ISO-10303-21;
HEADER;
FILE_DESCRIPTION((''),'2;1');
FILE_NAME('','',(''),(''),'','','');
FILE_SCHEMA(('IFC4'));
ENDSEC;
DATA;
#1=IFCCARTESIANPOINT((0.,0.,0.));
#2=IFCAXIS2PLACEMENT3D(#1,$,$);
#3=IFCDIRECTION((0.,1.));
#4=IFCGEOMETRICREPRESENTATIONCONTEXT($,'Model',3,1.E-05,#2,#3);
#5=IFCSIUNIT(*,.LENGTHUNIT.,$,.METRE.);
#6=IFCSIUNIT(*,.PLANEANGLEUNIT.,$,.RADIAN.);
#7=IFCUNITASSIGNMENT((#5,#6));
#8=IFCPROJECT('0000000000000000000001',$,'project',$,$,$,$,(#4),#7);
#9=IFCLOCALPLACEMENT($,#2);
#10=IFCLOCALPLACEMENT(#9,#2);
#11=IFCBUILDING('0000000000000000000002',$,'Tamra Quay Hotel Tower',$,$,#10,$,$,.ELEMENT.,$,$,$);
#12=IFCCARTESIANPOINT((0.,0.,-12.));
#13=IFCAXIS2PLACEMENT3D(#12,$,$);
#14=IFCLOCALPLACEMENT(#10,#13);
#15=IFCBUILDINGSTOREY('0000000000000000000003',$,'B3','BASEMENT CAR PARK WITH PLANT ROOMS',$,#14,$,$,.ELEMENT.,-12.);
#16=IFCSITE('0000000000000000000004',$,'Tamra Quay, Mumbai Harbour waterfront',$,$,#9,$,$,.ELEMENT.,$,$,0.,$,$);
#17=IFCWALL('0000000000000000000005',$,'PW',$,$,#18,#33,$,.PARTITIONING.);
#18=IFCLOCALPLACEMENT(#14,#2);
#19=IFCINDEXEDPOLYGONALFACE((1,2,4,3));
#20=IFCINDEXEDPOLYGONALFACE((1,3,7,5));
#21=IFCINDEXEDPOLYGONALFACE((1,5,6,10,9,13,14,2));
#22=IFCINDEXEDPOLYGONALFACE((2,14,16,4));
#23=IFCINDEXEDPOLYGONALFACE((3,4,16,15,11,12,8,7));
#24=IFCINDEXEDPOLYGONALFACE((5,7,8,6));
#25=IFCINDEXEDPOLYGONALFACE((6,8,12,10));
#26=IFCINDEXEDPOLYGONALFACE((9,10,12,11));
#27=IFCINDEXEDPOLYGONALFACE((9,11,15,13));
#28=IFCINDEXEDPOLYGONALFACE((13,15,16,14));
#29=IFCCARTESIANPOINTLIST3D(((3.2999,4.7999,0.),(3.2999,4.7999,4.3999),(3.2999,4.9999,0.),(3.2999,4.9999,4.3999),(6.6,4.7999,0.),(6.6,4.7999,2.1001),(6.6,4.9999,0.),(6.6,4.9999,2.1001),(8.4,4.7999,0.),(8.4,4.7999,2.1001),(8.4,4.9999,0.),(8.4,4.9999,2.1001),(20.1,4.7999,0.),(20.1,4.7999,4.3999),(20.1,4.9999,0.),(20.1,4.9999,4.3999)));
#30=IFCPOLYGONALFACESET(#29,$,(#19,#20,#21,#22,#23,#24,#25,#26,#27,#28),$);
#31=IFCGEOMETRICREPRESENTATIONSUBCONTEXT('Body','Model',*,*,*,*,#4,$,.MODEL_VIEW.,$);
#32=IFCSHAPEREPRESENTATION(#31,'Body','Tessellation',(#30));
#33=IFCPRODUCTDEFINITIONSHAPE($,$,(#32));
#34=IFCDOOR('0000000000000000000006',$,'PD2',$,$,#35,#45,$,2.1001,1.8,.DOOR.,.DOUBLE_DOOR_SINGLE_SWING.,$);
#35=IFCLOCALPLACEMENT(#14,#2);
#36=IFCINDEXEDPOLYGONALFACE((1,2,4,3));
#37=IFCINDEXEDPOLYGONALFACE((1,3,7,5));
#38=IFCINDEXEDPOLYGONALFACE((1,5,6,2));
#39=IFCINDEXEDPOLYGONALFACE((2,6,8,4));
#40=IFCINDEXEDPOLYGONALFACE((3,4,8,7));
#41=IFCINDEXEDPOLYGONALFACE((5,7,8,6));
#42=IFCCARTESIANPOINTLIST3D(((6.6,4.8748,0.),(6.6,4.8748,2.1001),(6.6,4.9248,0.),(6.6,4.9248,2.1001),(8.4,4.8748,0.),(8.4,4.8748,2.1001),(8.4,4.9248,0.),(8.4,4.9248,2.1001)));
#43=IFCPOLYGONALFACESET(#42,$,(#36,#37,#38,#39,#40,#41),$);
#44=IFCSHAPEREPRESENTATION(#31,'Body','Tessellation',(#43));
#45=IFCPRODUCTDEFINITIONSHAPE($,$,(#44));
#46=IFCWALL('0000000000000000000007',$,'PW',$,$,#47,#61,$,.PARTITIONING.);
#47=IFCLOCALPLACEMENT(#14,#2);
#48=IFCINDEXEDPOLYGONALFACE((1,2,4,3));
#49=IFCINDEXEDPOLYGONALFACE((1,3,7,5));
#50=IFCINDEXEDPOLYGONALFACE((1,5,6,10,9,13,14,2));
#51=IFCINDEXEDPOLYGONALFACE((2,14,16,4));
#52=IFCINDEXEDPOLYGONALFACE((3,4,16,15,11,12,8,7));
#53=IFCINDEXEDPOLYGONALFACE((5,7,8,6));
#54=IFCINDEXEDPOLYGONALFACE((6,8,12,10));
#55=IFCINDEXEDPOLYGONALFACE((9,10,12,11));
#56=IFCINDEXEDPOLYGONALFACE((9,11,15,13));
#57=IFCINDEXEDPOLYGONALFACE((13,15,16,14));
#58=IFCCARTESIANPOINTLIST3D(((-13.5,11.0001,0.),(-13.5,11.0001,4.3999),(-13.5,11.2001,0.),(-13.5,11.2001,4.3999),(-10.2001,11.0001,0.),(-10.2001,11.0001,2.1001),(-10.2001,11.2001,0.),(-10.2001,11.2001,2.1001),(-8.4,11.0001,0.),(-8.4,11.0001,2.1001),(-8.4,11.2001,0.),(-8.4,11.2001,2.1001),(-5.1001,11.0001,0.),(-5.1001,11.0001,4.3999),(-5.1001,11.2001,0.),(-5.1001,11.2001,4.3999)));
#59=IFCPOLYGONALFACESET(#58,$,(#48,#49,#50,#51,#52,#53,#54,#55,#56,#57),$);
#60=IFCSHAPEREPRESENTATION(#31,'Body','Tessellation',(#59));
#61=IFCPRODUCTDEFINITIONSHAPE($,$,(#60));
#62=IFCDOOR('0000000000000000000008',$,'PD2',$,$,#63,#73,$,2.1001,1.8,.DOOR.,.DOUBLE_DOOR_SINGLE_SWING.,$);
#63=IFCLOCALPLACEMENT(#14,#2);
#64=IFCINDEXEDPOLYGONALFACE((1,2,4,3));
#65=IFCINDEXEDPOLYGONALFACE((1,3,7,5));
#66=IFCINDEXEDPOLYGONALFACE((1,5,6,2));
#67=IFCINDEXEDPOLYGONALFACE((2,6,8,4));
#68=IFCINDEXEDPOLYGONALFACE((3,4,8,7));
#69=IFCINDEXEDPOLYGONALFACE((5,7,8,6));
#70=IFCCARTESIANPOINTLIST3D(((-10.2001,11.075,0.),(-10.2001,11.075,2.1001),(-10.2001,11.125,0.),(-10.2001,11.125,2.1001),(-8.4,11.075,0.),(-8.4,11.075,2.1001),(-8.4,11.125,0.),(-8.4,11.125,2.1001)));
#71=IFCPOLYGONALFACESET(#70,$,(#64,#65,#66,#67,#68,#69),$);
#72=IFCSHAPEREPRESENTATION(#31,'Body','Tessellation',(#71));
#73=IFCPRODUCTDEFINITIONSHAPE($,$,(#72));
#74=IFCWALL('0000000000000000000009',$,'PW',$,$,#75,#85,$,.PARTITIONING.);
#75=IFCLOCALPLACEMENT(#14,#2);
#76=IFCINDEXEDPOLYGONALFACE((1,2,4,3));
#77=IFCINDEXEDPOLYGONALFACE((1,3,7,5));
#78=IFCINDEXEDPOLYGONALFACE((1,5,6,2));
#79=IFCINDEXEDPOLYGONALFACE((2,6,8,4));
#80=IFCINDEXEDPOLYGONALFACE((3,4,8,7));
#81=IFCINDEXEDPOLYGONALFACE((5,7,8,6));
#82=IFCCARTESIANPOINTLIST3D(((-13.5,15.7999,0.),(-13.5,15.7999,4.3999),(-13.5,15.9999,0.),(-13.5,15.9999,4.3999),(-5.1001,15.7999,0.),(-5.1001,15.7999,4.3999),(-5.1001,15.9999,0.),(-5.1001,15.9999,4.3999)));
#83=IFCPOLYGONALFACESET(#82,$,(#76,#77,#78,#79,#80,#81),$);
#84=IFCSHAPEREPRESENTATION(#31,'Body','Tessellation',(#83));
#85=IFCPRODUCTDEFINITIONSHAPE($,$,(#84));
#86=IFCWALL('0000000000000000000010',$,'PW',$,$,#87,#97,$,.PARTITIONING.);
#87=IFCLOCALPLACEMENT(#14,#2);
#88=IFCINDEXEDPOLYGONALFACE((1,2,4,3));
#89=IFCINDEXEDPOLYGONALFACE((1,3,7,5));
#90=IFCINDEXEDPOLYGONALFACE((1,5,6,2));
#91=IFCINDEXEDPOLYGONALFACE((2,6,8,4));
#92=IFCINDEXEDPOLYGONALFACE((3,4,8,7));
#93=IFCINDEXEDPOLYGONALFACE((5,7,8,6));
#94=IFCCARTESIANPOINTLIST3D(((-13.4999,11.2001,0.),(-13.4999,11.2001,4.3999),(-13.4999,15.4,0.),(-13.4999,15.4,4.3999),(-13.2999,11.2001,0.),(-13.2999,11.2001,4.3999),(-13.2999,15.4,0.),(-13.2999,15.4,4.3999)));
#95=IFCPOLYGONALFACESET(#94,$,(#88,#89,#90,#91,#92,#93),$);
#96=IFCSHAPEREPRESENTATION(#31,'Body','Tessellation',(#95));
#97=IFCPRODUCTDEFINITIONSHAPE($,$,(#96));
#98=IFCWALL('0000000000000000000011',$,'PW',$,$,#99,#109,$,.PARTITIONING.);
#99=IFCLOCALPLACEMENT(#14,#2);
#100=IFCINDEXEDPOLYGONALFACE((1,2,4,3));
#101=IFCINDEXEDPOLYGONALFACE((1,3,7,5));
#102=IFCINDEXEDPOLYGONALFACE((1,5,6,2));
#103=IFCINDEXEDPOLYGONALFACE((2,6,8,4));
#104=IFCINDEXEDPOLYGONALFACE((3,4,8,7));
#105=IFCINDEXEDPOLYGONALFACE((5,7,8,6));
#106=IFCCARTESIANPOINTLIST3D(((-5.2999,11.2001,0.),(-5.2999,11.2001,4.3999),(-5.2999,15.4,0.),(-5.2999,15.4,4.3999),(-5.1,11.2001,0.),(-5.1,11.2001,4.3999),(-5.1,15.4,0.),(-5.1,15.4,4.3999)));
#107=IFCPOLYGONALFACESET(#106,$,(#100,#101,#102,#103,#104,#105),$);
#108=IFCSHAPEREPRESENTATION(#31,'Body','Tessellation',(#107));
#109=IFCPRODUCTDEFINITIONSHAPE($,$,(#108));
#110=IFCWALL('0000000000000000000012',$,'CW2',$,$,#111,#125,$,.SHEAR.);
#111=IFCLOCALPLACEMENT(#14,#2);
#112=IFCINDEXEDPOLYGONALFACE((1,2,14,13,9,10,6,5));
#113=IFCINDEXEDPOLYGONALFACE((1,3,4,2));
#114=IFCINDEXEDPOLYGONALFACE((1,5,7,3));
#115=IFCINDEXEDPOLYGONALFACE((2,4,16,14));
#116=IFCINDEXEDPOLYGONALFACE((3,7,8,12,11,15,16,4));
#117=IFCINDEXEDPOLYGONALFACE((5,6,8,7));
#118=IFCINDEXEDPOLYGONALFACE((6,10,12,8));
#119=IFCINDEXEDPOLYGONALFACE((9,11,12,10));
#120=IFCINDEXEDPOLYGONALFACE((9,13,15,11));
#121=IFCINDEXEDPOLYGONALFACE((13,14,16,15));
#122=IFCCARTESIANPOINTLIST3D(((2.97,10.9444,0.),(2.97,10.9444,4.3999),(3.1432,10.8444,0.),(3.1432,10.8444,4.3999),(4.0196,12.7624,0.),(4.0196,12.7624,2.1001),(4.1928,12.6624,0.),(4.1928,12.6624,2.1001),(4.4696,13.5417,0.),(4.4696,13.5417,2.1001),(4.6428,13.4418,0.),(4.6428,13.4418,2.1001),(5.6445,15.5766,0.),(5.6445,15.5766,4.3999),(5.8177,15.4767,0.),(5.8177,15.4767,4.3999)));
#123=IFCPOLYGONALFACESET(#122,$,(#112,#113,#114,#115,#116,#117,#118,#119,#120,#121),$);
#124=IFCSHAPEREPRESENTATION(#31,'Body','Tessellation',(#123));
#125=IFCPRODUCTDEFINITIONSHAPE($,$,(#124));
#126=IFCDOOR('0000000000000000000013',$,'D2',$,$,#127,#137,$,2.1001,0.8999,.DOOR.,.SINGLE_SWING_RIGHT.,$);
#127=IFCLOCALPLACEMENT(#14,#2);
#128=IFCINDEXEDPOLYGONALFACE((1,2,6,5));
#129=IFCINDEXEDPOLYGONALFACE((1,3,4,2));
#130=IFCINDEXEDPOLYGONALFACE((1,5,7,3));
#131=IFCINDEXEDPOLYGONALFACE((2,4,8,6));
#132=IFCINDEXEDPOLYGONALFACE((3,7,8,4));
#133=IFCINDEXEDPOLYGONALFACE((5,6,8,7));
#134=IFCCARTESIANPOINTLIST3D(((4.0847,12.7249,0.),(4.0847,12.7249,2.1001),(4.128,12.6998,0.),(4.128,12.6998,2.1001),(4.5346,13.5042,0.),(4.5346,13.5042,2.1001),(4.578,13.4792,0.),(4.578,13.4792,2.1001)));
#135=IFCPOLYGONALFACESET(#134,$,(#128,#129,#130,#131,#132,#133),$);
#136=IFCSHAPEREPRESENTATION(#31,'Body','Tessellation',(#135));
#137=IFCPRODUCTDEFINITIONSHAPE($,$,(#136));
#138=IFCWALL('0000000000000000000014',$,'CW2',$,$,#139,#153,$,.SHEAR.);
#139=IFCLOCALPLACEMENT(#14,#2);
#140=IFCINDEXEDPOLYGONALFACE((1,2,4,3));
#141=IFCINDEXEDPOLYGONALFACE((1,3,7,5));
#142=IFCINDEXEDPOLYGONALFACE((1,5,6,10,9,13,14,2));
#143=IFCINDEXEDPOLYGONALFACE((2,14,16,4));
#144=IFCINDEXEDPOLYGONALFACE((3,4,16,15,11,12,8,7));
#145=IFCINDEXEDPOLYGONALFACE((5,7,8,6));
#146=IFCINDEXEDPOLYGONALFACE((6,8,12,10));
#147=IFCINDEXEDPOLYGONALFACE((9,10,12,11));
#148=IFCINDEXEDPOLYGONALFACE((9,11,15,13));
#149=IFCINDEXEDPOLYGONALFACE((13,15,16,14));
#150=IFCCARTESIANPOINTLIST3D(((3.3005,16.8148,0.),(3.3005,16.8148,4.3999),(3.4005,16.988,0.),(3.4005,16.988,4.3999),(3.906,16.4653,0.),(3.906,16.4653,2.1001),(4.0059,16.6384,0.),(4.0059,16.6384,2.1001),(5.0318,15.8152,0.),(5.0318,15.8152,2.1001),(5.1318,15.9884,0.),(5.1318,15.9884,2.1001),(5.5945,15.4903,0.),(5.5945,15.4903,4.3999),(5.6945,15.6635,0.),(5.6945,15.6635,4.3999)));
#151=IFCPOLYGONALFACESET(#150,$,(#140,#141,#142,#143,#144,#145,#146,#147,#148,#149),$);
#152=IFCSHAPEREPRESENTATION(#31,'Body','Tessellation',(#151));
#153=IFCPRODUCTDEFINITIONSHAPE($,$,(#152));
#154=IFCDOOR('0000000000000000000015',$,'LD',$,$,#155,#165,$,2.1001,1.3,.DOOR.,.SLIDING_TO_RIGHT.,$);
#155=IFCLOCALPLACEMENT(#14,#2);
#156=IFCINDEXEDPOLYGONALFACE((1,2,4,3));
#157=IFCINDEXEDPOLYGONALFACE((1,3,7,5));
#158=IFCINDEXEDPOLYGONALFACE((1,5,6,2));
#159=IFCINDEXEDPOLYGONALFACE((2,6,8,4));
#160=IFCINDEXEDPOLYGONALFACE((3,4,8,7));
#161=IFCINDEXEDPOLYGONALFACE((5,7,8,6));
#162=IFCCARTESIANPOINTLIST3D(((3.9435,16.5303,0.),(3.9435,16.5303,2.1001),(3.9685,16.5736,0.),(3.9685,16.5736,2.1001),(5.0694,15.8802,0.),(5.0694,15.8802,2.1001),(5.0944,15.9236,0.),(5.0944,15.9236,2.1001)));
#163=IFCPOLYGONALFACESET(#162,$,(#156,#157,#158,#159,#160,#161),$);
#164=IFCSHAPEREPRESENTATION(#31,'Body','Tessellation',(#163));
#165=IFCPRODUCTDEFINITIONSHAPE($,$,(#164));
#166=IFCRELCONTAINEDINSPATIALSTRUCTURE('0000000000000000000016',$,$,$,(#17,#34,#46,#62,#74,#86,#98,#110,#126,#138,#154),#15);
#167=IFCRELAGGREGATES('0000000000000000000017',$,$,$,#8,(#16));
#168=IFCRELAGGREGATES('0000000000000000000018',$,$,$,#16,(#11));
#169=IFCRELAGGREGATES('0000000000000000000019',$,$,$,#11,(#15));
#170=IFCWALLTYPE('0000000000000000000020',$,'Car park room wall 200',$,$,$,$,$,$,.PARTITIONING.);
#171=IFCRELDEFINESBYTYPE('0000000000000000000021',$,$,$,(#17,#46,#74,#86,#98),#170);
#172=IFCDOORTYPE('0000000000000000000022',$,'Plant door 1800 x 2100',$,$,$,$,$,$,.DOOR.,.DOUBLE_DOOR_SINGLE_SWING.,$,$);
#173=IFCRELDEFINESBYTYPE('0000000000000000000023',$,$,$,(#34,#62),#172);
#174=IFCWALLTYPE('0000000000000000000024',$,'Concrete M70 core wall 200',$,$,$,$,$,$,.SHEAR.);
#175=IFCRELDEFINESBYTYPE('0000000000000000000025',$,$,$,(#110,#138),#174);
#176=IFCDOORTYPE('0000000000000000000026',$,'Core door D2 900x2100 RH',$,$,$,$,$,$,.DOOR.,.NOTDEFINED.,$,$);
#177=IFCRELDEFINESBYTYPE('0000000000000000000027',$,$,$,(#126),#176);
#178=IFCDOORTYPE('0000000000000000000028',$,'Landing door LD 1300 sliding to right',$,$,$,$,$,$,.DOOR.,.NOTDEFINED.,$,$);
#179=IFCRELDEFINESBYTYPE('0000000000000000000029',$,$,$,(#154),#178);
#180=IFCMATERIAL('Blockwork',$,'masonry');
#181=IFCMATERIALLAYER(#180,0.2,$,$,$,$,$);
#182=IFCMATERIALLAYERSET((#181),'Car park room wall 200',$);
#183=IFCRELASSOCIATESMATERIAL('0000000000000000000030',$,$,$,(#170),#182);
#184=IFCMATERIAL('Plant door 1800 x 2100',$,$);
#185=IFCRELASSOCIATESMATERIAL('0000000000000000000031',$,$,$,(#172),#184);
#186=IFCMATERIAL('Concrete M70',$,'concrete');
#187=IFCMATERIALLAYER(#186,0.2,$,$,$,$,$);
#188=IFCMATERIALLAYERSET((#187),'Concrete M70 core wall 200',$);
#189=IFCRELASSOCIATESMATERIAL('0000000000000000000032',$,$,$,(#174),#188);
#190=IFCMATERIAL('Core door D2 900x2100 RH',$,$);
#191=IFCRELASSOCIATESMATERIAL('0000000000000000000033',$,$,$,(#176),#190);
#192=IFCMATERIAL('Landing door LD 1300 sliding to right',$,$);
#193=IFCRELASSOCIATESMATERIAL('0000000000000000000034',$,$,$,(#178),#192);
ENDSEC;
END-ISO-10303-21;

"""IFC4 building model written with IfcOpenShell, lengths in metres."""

from ifc_helpers import new_model, si_unit, direction, frame, frame_2d, origin, place, context, subcontext, project, spatial, rectangle, extrude, material, layer, layer_set, type_object, element, fill, save


model = new_model("IFC4")

# Units and contexts
model_context = context("Model", 3, precision=1e-05, world=origin(), true_north=direction((0.0, 1.0)))
body_context = subcontext(model_context, "Body", "Model", "MODEL_VIEW")
ifc_project = project(units=[si_unit("LENGTHUNIT", "METRE"), si_unit("PLANEANGLEUNIT", "RADIAN")], contexts=[model_context])

# Site, building, storey
site_placement = place(None, origin())
site = spatial("IfcSite", under=ifc_project, at=site_placement, Name="Tamra Quay, Mumbai Harbour waterfront", CompositionType="ELEMENT", RefElevation=0.0)
building_placement = place(site_placement, origin())
building = spatial("IfcBuilding", under=site, at=building_placement, Name="Tamra Quay Hotel Tower", CompositionType="ELEMENT")
storey_placement = place(building_placement, frame((0.0, 0.0, -12.0)))
storey = spatial("IfcBuildingStorey", under=building, at=storey_placement, Name="B3", Description="BASEMENT CAR PARK WITH PLANT ROOMS", CompositionType="ELEMENT", Elevation=-12.0)

# Walls, openings, doors
ifc_material_1 = material(Name="Blockwork", Category="masonry")
ifc_layer_1 = layer(ifc_material_1, 0.2)
ifc_layer_set_1 = layer_set([ifc_layer_1], Name="Car park room wall 200")
wall_type_1 = type_object("IfcWallType", Name="Car park room wall 200", PredefinedType="PARTITIONING", material=ifc_layer_set_1)
ifc_material_2 = material(Name="Plant door 1800 x 2100")
door_type_1 = type_object("IfcDoorType", Name="Plant door 1800 x 2100", OperationType="DOUBLE_DOOR_SINGLE_SWING", PredefinedType="DOOR", material=ifc_material_2)
wall_1_placement = place(storey_placement, frame((3.3, 4.8999, 0.0), z_axis=(0.0, 0.0, 1.0), x_axis=(1.0, 0.0, 0.0)))
wall_1 = element("IfcWall", 1, at=wall_1_placement, inside=storey, type_object=wall_type_1, Name="PW", PredefinedType="PARTITIONING", context=body_context, shape_type="SweptSolid", body=[
    extrude(rectangle(XDim=16.8, YDim=0.2, at=frame_2d((8.3999, 0.0))), origin(), (0.0, 0.0, 1.0), 4.3999),
])
opening_1_placement = place(wall_1_placement, frame((3.3, 0.0, 0.0)))
opening_1 = element("IfcOpeningElement", 2, at=opening_1_placement, cuts=wall_1, PredefinedType="OPENING", context=body_context, shape_type="SweptSolid", body=[
    extrude(rectangle(XDim=1.8, YDim=2.1001, at=frame_2d((0.8999, 1.05))), frame((0.0, 0.1099, 0.0), z_axis=(0.0, -1.0, 0.0), x_axis=(1.0, 0.0, 0.0)), (0.0, 0.0, 1.0), 0.22),
])
door_1_placement = place(opening_1_placement, origin())
door_1 = element("IfcDoor", 3, at=door_1_placement, inside=storey, type_object=door_type_1, Name="PD2", OperationType="DOUBLE_DOOR_SINGLE_SWING", OverallHeight=2.1001, OverallWidth=1.8, PredefinedType="DOOR", context=body_context, shape_type="SweptSolid", body=[
    extrude(rectangle(XDim=1.8, YDim=2.1001, at=frame_2d((0.8999, 1.05))), frame((0.0, 0.0249, 0.0), z_axis=(0.0, -1.0, 0.0), x_axis=(1.0, 0.0, 0.0)), (0.0, 0.0, 1.0), 0.05),
])
fill(opening_1, door_1)
wall_2_placement = place(storey_placement, frame((-13.5, 11.1001, 0.0), z_axis=(0.0, 0.0, 1.0), x_axis=(1.0, 0.0, 0.0)))
wall_2 = element("IfcWall", 4, at=wall_2_placement, inside=storey, type_object=wall_type_1, Name="PW", PredefinedType="PARTITIONING", context=body_context, shape_type="SweptSolid", body=[
    extrude(rectangle(XDim=8.3999, YDim=0.2, at=frame_2d((4.2, 0.0))), origin(), (0.0, 0.0, 1.0), 4.3999),
])
opening_2_placement = place(wall_2_placement, frame((3.3, 0.0, 0.0)))
opening_2 = element("IfcOpeningElement", 5, at=opening_2_placement, cuts=wall_2, PredefinedType="OPENING", context=body_context, shape_type="SweptSolid", body=[
    extrude(rectangle(XDim=1.8, YDim=2.1001, at=frame_2d((0.8999, 1.05))), frame((0.0, 0.1099, 0.0), z_axis=(0.0, -1.0, 0.0), x_axis=(1.0, 0.0, 0.0)), (0.0, 0.0, 1.0), 0.22),
])
door_2_placement = place(opening_2_placement, origin())
door_2 = element("IfcDoor", 6, at=door_2_placement, inside=storey, type_object=door_type_1, Name="PD2", OperationType="DOUBLE_DOOR_SINGLE_SWING", OverallHeight=2.1001, OverallWidth=1.8, PredefinedType="DOOR", context=body_context, shape_type="SweptSolid", body=[
    extrude(rectangle(XDim=1.8, YDim=2.1001, at=frame_2d((0.8999, 1.05))), frame((0.0, 0.0249, 0.0), z_axis=(0.0, -1.0, 0.0), x_axis=(1.0, 0.0, 0.0)), (0.0, 0.0, 1.0), 0.05),
])
fill(opening_2, door_2)

# Walls
wall_3_placement = place(storey_placement, frame((-13.5, 15.8999, 0.0), z_axis=(0.0, 0.0, 1.0), x_axis=(1.0, 0.0, 0.0)))
element("IfcWall", 7, at=wall_3_placement, inside=storey, type_object=wall_type_1, Name="PW", PredefinedType="PARTITIONING", context=body_context, shape_type="SweptSolid", body=[
    extrude(rectangle(XDim=8.3999, YDim=0.2, at=frame_2d((4.2, 0.0))), origin(), (0.0, 0.0, 1.0), 4.3999),
])
for number, where, z_axis, x_axis, name in (
    (8, (-13.3999, 11.2, 0.0), (0.0, 0.0, 1.0), (0.0, 1.0, 0.0), "PW"),
    (9, (-5.2, 11.2, 0.0), (0.0, 0.0, 1.0), (0.0, 1.0, 0.0), "PW"),
):
    element("IfcWall", number, at=place(storey_placement, frame(where, z_axis=z_axis, x_axis=x_axis)), inside=storey, type_object=wall_type_1, Name=name, PredefinedType="PARTITIONING", context=body_context, shape_type="SweptSolid", body=[
        extrude(rectangle(XDim=4.2, YDim=0.2, at=frame_2d((2.1001, 0.0))), origin(), (0.0, 0.0, 1.0), 4.3999),
    ])

# Walls, openings, doors
ifc_material_3 = material(Name="Concrete M70", Category="concrete")
ifc_layer_2 = layer(ifc_material_3, 0.2)
ifc_layer_set_2 = layer_set([ifc_layer_2], Name="Concrete M70 core wall 200")
wall_type_2 = type_object("IfcWallType", Name="Concrete M70 core wall 200", PredefinedType="SHEAR", material=ifc_layer_set_2)
wall_4_placement = place(storey_placement, frame((3.0566, 10.8945, 0.0), z_axis=(0.0, 0.0, 1.0), x_axis=(0.500012, 0.866018, 0.0)))
wall_4 = element("IfcWall", 10, at=wall_4_placement, inside=storey, type_object=wall_type_2, Name="CW2", PredefinedType="SHEAR", context=body_context, shape_type="SweptSolid", body=[
    extrude(rectangle(XDim=5.3489, YDim=0.2, at=frame_2d((2.6743, 0.0))), origin(), (0.0, 0.0, 1.0), 4.3999),
])
opening_3_placement = place(wall_4_placement, frame((2.0991, 0.0, 0.0)))
opening_3 = element("IfcOpeningElement", 11, at=opening_3_placement, cuts=wall_4, PredefinedType="OPENING", context=body_context, shape_type="SweptSolid", body=[
    extrude(rectangle(XDim=0.8999, YDim=2.1001, at=frame_2d((0.45, 1.05))), frame((0.0, 0.1099, 0.0), z_axis=(0.0, -1.0, 0.0), x_axis=(1.0, 0.0, 0.0)), (0.0, 0.0, 1.0), 0.22),
])
ifc_material_4 = material(Name="Core door D2 900x2100 RH")
door_type_2 = type_object("IfcDoorType", Name="Core door D2 900x2100 RH", OperationType="NOTDEFINED", PredefinedType="DOOR", material=ifc_material_4)
door_3_placement = place(opening_3_placement, origin())
door_3 = element("IfcDoor", 12, at=door_3_placement, inside=storey, type_object=door_type_2, Name="D2", OperationType="SINGLE_SWING_RIGHT", OverallHeight=2.1001, OverallWidth=0.8999, PredefinedType="DOOR", context=body_context, shape_type="SweptSolid", body=[
    extrude(rectangle(XDim=0.8999, YDim=2.1001, at=frame_2d((0.45, 1.05))), frame((0.0, 0.0249, 0.0), z_axis=(0.0, -1.0, 0.0), x_axis=(1.0, 0.0, 0.0)), (0.0, 0.0, 1.0), 0.05),
])
fill(opening_3, door_3)
wall_5_placement = place(storey_placement, frame((5.6445, 15.5769, 0.0), z_axis=(0.0, 0.0, 1.0), x_axis=(-0.866017, 0.500015, 0.0)))
wall_5 = element("IfcWall", 13, at=wall_5_placement, inside=storey, type_object=wall_type_2, Name="CW2", PredefinedType="SHEAR", context=body_context, shape_type="SweptSolid", body=[
    extrude(rectangle(XDim=2.6489, YDim=0.2, at=frame_2d((1.3245, 0.0))), origin(), (0.0, 0.0, 1.0), 4.3999),
])
opening_4_placement = place(wall_5_placement, frame((0.6499, 0.0, 0.0)))
opening_4 = element("IfcOpeningElement", 14, at=opening_4_placement, cuts=wall_5, PredefinedType="OPENING", context=body_context, shape_type="SweptSolid", body=[
    extrude(rectangle(XDim=1.3, YDim=2.1001, at=frame_2d((0.6499, 1.05))), frame((0.0, 0.1099, 0.0), z_axis=(0.0, -1.0, 0.0), x_axis=(1.0, 0.0, 0.0)), (0.0, 0.0, 1.0), 0.22),
])
ifc_material_5 = material(Name="Landing door LD 1300 sliding to right")
door_type_3 = type_object("IfcDoorType", Name="Landing door LD 1300 sliding to right", OperationType="NOTDEFINED", PredefinedType="DOOR", material=ifc_material_5)
door_4_placement = place(opening_4_placement, origin())
door_4 = element("IfcDoor", 15, at=door_4_placement, inside=storey, type_object=door_type_3, Name="LD", OperationType="SLIDING_TO_RIGHT", OverallHeight=2.1001, OverallWidth=1.3, PredefinedType="DOOR", context=body_context, shape_type="SweptSolid", body=[
    extrude(rectangle(XDim=1.3, YDim=2.1001, at=frame_2d((0.6499, 1.05))), frame((0.0, 0.0249, 0.0), z_axis=(0.0, -1.0, 0.0), x_axis=(1.0, 0.0, 0.0)), (0.0, 0.0, 1.0), 0.05),
])
fill(opening_4, door_4)

save(model, "model.ifc")
